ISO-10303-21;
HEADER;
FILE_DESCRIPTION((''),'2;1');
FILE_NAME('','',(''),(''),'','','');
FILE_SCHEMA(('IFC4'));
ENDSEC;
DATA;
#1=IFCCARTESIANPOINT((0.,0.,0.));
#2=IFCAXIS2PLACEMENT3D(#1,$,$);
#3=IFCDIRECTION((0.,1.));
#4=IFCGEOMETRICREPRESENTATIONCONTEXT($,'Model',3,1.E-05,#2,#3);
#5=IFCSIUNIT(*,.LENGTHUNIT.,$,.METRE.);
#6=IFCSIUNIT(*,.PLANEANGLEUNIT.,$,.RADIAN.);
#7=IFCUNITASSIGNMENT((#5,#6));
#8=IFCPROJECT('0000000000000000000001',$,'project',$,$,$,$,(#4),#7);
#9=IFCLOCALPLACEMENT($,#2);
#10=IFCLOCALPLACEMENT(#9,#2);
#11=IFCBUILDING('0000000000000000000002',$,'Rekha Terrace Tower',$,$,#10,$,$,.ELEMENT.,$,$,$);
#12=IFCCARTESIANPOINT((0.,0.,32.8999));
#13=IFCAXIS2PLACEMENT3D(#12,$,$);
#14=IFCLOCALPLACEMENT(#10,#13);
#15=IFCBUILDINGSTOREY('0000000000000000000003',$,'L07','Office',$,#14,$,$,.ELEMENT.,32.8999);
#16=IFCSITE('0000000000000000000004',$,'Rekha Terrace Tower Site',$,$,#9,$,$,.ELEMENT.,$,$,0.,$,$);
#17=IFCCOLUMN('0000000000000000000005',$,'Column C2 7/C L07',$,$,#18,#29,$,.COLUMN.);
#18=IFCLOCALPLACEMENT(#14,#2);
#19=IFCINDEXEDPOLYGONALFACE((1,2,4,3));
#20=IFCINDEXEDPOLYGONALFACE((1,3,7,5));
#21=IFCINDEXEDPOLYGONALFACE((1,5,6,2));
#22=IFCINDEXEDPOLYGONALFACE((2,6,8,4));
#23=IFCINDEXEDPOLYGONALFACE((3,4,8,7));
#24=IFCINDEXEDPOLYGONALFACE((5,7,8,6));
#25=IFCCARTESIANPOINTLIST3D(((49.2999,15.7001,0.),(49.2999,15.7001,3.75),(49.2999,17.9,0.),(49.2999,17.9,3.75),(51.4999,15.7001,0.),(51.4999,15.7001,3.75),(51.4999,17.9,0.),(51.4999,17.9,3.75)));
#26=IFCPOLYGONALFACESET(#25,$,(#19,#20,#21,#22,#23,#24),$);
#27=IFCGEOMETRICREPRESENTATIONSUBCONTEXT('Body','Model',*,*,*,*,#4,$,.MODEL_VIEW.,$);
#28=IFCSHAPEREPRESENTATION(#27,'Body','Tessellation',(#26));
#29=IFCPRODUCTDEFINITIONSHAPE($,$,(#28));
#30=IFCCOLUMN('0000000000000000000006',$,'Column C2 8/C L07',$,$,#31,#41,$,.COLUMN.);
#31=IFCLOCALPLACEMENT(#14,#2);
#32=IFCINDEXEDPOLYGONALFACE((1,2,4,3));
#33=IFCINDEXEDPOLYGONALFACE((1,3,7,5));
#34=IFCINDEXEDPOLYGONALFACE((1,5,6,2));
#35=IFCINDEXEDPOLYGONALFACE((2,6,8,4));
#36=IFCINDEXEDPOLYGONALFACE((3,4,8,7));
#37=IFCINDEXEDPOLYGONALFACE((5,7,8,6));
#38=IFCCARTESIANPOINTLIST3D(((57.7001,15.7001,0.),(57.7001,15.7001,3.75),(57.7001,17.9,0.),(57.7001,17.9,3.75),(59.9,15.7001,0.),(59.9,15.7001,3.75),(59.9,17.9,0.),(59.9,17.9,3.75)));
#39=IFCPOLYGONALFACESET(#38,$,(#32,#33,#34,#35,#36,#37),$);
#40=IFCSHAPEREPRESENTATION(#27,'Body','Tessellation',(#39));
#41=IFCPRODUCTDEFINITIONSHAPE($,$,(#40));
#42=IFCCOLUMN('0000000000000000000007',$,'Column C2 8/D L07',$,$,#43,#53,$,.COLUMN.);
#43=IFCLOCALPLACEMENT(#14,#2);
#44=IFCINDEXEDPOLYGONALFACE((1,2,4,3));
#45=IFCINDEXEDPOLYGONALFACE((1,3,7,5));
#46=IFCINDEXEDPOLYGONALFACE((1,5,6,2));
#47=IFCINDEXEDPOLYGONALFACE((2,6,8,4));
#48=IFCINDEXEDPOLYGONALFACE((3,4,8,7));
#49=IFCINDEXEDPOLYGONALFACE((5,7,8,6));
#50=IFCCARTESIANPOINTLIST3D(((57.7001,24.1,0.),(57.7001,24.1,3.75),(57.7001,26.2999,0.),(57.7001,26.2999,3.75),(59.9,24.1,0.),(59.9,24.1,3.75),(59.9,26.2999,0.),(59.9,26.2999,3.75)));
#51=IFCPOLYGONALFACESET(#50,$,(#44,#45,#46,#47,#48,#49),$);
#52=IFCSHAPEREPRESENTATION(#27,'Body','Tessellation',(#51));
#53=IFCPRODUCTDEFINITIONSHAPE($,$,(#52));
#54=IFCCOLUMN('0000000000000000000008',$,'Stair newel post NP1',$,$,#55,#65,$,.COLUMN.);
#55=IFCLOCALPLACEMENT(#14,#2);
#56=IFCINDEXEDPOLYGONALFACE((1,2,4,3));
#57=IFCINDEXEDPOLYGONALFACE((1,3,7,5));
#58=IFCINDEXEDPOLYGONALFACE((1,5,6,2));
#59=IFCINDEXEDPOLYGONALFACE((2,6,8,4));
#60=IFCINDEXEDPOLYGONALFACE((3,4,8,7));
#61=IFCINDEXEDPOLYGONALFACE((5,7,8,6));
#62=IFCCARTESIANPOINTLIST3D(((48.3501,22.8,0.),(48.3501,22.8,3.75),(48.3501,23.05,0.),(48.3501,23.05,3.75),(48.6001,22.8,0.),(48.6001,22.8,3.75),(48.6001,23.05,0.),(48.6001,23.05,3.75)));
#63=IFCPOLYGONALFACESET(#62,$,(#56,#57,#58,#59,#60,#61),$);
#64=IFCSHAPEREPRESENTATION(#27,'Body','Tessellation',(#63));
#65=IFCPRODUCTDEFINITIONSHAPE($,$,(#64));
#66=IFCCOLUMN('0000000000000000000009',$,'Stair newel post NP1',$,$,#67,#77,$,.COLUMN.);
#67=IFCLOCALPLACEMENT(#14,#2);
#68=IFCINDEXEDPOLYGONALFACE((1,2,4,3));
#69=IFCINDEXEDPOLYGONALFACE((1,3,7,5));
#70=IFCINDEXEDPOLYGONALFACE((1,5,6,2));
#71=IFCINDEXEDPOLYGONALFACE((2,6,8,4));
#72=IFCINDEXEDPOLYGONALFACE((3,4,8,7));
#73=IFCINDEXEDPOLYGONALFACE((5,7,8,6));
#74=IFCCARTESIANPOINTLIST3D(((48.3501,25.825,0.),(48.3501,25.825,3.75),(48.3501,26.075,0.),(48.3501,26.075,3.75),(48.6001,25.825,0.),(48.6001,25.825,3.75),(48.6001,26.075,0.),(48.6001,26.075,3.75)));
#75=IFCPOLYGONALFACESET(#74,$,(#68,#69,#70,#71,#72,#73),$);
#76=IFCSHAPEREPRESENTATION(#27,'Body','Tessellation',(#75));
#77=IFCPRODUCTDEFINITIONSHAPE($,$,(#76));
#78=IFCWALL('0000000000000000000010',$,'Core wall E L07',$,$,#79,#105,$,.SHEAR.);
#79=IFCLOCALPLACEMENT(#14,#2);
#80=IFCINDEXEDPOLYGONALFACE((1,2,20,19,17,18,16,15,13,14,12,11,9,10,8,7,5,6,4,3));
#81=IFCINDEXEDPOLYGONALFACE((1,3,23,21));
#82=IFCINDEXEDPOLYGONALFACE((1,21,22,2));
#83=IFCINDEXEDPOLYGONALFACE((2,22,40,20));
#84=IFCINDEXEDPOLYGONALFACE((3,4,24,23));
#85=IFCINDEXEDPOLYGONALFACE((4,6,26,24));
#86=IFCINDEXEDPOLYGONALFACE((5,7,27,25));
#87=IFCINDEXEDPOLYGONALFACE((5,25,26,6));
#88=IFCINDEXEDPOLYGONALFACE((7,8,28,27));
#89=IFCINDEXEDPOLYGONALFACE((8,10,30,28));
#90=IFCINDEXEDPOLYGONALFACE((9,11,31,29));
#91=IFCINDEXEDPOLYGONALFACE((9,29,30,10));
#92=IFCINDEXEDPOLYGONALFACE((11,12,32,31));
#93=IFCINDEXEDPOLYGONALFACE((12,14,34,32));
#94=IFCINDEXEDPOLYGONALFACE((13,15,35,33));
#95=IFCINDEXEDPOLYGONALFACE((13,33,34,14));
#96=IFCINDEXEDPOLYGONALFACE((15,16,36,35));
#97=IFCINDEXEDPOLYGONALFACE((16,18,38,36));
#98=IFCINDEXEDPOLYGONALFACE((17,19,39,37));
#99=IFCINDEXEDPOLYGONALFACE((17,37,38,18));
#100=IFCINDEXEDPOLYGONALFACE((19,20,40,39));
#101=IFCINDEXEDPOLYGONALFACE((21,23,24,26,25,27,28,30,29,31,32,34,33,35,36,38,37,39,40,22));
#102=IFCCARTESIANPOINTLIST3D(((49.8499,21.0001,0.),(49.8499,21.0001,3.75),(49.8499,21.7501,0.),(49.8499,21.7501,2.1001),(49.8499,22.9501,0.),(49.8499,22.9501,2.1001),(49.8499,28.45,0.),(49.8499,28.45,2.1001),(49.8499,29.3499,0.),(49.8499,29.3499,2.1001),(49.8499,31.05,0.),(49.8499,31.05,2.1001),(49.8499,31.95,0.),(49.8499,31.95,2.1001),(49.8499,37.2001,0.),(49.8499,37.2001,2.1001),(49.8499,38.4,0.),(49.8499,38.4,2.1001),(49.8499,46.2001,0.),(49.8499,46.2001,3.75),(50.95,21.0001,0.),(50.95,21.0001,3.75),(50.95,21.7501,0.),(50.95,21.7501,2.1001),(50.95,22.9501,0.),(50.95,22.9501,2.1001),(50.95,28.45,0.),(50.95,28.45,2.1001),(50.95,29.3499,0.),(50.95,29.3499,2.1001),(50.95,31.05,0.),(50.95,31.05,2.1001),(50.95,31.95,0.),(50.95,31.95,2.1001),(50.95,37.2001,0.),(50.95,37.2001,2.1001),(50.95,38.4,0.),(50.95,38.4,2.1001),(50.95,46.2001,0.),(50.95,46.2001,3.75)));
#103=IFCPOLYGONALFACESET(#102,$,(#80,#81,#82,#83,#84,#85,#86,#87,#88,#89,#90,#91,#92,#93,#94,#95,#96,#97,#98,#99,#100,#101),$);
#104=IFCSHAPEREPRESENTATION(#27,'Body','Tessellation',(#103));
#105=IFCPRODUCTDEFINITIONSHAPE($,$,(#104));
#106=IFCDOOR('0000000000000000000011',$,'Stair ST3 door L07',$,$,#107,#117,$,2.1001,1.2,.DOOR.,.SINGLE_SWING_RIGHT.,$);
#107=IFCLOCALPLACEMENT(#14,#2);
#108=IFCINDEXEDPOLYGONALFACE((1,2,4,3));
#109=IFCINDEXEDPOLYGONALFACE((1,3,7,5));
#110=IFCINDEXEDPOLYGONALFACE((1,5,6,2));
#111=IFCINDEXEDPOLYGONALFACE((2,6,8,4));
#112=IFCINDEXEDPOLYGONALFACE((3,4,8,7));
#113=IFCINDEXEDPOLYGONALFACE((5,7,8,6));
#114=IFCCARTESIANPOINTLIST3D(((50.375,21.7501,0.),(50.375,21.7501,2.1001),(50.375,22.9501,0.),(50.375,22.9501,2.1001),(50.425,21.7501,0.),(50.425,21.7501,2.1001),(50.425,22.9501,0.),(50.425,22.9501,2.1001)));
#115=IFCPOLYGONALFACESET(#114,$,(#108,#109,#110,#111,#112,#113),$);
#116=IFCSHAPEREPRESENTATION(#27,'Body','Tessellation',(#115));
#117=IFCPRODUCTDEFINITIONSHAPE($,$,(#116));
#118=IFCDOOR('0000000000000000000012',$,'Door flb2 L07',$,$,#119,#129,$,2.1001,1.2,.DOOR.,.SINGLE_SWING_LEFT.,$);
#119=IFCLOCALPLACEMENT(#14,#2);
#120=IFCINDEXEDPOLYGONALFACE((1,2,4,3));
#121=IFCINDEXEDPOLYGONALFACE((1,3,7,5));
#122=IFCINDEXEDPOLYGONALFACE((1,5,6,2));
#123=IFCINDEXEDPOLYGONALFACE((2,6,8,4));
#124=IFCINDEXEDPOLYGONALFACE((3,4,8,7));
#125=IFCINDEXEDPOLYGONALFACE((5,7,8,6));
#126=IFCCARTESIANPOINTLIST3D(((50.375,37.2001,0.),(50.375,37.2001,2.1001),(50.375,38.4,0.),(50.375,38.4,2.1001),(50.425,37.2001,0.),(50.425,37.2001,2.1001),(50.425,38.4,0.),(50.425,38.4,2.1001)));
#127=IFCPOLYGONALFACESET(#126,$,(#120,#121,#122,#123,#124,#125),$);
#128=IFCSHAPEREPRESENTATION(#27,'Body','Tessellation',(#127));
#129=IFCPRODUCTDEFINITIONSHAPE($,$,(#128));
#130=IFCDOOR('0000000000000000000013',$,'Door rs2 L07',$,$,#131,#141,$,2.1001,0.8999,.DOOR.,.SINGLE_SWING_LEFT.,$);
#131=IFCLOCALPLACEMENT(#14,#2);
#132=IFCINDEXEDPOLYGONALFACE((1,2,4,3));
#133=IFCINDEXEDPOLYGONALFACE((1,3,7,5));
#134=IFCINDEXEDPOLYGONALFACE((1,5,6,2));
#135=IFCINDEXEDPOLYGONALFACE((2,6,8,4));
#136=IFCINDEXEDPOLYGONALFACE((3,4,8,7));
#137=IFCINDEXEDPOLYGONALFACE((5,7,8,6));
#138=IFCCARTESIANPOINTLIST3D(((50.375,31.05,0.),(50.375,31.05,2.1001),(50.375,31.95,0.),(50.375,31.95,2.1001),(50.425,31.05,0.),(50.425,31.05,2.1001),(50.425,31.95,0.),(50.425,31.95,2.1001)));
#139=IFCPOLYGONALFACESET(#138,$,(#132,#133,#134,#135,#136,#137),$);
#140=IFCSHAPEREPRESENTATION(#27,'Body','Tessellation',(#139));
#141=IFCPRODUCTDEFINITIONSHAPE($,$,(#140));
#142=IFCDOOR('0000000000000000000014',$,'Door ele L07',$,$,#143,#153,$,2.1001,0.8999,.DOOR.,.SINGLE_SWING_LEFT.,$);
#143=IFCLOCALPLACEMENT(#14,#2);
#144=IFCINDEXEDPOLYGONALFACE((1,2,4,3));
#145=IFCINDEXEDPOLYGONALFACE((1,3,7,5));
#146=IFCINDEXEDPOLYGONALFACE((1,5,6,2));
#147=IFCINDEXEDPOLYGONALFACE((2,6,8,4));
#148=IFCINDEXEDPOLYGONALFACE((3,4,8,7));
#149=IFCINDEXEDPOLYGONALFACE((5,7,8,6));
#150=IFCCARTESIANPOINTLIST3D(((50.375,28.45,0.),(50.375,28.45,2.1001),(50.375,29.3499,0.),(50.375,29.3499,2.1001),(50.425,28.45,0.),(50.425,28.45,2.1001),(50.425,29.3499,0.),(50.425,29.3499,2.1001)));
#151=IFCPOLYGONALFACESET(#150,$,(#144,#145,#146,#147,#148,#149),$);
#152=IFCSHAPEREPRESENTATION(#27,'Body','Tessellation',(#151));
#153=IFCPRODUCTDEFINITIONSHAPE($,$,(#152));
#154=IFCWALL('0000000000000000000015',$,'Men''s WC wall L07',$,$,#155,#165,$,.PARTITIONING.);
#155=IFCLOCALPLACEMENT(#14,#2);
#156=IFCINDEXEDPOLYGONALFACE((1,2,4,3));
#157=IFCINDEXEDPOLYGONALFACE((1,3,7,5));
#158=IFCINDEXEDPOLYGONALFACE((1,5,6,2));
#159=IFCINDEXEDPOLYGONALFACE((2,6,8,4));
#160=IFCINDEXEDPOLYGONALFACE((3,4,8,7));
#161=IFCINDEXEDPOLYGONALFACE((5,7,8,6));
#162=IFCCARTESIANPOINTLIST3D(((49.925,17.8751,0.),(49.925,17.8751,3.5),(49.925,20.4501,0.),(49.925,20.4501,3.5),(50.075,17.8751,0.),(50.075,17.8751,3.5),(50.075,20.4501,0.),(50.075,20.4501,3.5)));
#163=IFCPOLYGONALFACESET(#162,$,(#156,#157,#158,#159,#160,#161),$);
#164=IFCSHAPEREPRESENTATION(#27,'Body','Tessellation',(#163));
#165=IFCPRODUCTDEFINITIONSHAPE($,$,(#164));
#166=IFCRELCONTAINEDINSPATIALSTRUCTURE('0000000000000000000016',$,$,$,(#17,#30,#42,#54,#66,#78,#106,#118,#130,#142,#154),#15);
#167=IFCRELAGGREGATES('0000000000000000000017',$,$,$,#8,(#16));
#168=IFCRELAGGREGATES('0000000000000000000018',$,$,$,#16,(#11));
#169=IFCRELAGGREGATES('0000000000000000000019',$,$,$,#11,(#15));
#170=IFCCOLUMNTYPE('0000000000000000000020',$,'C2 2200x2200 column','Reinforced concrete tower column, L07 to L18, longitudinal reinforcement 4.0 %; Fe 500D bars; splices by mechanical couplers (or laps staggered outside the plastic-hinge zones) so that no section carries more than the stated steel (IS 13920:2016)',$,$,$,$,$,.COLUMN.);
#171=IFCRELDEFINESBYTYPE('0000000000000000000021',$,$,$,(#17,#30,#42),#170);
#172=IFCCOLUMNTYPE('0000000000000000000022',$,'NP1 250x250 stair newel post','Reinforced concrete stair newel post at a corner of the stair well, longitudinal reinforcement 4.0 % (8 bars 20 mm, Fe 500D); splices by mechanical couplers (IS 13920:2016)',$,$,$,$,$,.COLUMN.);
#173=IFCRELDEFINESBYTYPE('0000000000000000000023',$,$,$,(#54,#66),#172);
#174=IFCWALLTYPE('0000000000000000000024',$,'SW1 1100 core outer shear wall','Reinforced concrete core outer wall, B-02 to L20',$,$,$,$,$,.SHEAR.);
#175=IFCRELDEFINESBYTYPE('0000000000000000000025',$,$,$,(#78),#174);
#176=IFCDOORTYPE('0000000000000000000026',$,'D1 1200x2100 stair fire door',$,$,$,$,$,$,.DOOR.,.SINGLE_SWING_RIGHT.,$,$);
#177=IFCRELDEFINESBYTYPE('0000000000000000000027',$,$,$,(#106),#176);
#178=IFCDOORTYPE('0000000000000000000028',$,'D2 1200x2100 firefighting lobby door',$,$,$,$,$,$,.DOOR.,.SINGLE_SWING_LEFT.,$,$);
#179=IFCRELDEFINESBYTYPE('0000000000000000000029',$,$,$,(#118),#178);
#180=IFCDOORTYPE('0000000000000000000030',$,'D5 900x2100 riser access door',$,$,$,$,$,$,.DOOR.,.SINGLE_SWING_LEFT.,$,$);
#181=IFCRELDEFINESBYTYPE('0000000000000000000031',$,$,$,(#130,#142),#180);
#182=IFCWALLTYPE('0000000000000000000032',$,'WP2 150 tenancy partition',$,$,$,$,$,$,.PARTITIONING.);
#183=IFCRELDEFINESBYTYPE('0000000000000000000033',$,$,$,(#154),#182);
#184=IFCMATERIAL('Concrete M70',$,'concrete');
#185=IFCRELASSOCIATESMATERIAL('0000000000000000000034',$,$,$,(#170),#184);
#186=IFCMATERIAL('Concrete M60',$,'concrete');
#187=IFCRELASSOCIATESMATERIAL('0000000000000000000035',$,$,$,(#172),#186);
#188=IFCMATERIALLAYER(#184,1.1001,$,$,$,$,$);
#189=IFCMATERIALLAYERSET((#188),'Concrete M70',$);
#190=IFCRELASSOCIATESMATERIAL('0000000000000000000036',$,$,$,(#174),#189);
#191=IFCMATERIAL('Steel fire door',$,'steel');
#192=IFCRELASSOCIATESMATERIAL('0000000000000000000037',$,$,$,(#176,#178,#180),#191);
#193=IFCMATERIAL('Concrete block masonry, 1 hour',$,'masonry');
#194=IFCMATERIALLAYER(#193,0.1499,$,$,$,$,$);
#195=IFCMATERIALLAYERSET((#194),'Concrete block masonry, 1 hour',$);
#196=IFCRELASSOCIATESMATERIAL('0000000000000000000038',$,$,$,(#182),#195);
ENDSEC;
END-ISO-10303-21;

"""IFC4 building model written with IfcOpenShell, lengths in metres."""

from ifc_helpers import new_model, si_unit, direction, frame, frame_2d, origin, origin_2d, place, context, subcontext, project, spatial, rectangle, extrude, material, layer, layer_set, material_profile, profile_set, type_object, element, fill, save


model = new_model("IFC4")

# Units and contexts
model_context = context("Model", 3, precision=1e-05, world=origin(), true_north=direction((0.0, 1.0)))
body_context = subcontext(model_context, "Body", "Model", "MODEL_VIEW")
ifc_project = project(units=[si_unit("LENGTHUNIT", "METRE"), si_unit("PLANEANGLEUNIT", "RADIAN")], contexts=[model_context])

# Site, building, storey
site_placement = place(None, origin())
site = spatial("IfcSite", under=ifc_project, at=site_placement, Name="Rekha Terrace Tower Site", CompositionType="ELEMENT", RefElevation=0.0)
building_placement = place(site_placement, origin())
building = spatial("IfcBuilding", under=site, at=building_placement, Name="Rekha Terrace Tower", CompositionType="ELEMENT")
storey_placement = place(building_placement, frame((0.0, 0.0, 32.8999)))
storey = spatial("IfcBuildingStorey", under=building, at=storey_placement, Name="L07", Description="Office", CompositionType="ELEMENT", Elevation=32.8999)

# Columns
ifc_material_1 = material(Name="Concrete M70", Category="concrete")
ifc_material_profile_1 = material_profile(ifc_material_1, rectangle(XDim=2.2, YDim=2.2, at=origin_2d()), Name="RC 2200x2200")
ifc_profile_set_1 = profile_set([ifc_material_profile_1], Name="Concrete M70")
column_type_1 = type_object("IfcColumnType", Name="C2 2200x2200 column", Description="Reinforced concrete tower column, L07 to L18, longitudinal reinforcement 4.0 %; Fe 500D bars; splices by mechanical couplers (or laps staggered outside the plastic-hinge zones) so that no section carries more than the stated steel (IS 13920:2016)", PredefinedType="COLUMN", material=ifc_profile_set_1)
for number, where, z_axis, x_axis, name in (
    (1, (50.3999, 16.8, 0.0), (0.0, 0.0, 1.0), (1.0, 0.0, 0.0), "Column C2 7/C L07"),
    (2, (58.8, 16.8, 0.0), (0.0, 0.0, 1.0), (1.0, 0.0, 0.0), "Column C2 8/C L07"),
    (3, (58.8, 25.2, 0.0), (0.0, 0.0, 1.0), (1.0, 0.0, 0.0), "Column C2 8/D L07"),
):
    element("IfcColumn", number, at=place(storey_placement, frame(where, z_axis=z_axis, x_axis=x_axis)), inside=storey, type_object=column_type_1, Name=name, PredefinedType="COLUMN", context=body_context, shape_type="SweptSolid", body=[
        extrude(rectangle(XDim=2.2, YDim=2.2, at=origin_2d()), origin(), (0.0, 0.0, 1.0), 3.75),
    ])
ifc_material_2 = material(Name="Concrete M60", Category="concrete")
ifc_material_profile_2 = material_profile(ifc_material_2, rectangle(XDim=0.25, YDim=0.25, at=origin_2d()), Name="RC 250x250")
ifc_profile_set_2 = profile_set([ifc_material_profile_2], Name="Concrete M60")
column_type_2 = type_object("IfcColumnType", Name="NP1 250x250 stair newel post", Description="Reinforced concrete stair newel post at a corner of the stair well, longitudinal reinforcement 4.0 % (8 bars 20 mm, Fe 500D); splices by mechanical couplers (IS 13920:2016)", PredefinedType="COLUMN", material=ifc_profile_set_2)
for number, where, z_axis, x_axis, name in (
    (4, (48.4751, 22.925, 0.0), (0.0, 0.0, 1.0), (1.0, 0.0, 0.0), "Stair newel post NP1"),
    (5, (48.4751, 25.95, 0.0), (0.0, 0.0, 1.0), (1.0, 0.0, 0.0), "Stair newel post NP1"),
):
    element("IfcColumn", number, at=place(storey_placement, frame(where, z_axis=z_axis, x_axis=x_axis)), inside=storey, type_object=column_type_2, Name=name, PredefinedType="COLUMN", context=body_context, shape_type="SweptSolid", body=[
        extrude(rectangle(XDim=0.25, YDim=0.25, at=origin_2d()), origin(), (0.0, 0.0, 1.0), 3.75),
    ])

# Wall, openings, doors
ifc_layer_1 = layer(ifc_material_1, 1.1001)
ifc_layer_set_1 = layer_set([ifc_layer_1], Name="Concrete M70")
wall_type_1 = type_object("IfcWallType", Name="SW1 1100 core outer shear wall", Description="Reinforced concrete core outer wall, B-02 to L20", PredefinedType="SHEAR", material=ifc_layer_set_1)
wall_1_placement = place(storey_placement, frame((50.3999, 21.0, 0.0), z_axis=(0.0, 0.0, 1.0), x_axis=(0.0, 1.0, 0.0)))
wall_1 = element("IfcWall", 6, at=wall_1_placement, inside=storey, type_object=wall_type_1, Name="Core wall E L07", PredefinedType="SHEAR", context=body_context, shape_type="SweptSolid", body=[
    extrude(rectangle(XDim=25.2, YDim=1.1001, at=frame_2d((12.6001, 0.0))), origin(), (0.0, 0.0, 1.0), 3.75),
])
opening_1_placement = place(wall_1_placement, frame((16.2, 0.0, 0.0)))
opening_1 = element("IfcOpeningElement", 7, at=opening_1_placement, cuts=wall_1, PredefinedType="OPENING", context=body_context, shape_type="SweptSolid", body=[
    extrude(rectangle(XDim=1.2, YDim=2.1001, at=frame_2d((0.6001, 1.05))), frame((0.0, 0.5601, 0.0), z_axis=(0.0, -1.0, 0.0), x_axis=(1.0, 0.0, 0.0)), (0.0, 0.0, 1.0), 1.1201),
])
opening_2_placement = place(wall_1_placement, frame((10.05, 0.0, 0.0)))
opening_2 = element("IfcOpeningElement", 8, at=opening_2_placement, cuts=wall_1, PredefinedType="OPENING", context=body_context, shape_type="SweptSolid", body=[
    extrude(rectangle(XDim=0.8999, YDim=2.1001, at=frame_2d((0.45, 1.05))), frame((0.0, 0.5601, 0.0), z_axis=(0.0, -1.0, 0.0), x_axis=(1.0, 0.0, 0.0)), (0.0, 0.0, 1.0), 1.1201),
])
opening_3_placement = place(wall_1_placement, frame((7.45, 0.0, 0.0)))
opening_3 = element("IfcOpeningElement", 9, at=opening_3_placement, cuts=wall_1, PredefinedType="OPENING", context=body_context, shape_type="SweptSolid", body=[
    extrude(rectangle(XDim=0.8999, YDim=2.1001, at=frame_2d((0.45, 1.05))), frame((0.0, 0.5601, 0.0), z_axis=(0.0, -1.0, 0.0), x_axis=(1.0, 0.0, 0.0)), (0.0, 0.0, 1.0), 1.1201),
])
opening_4_placement = place(wall_1_placement, frame((0.75, 0.0, 0.0)))
opening_4 = element("IfcOpeningElement", 10, at=opening_4_placement, cuts=wall_1, PredefinedType="OPENING", context=body_context, shape_type="SweptSolid", body=[
    extrude(rectangle(XDim=1.2, YDim=2.1001, at=frame_2d((0.6001, 1.05))), frame((0.0, 0.5601, 0.0), z_axis=(0.0, -1.0, 0.0), x_axis=(1.0, 0.0, 0.0)), (0.0, 0.0, 1.0), 1.1201),
])
ifc_material_3 = material(Name="Steel fire door", Category="steel")
door_type_1 = type_object("IfcDoorType", Name="D1 1200x2100 stair fire door", OperationType="SINGLE_SWING_RIGHT", PredefinedType="DOOR", material=ifc_material_3)
door_1_placement = place(opening_4_placement, origin())
door_1 = element("IfcDoor", 11, at=door_1_placement, inside=storey, type_object=door_type_1, Name="Stair ST3 door L07", OperationType="SINGLE_SWING_RIGHT", OverallHeight=2.1001, OverallWidth=1.2, PredefinedType="DOOR", context=body_context, shape_type="SweptSolid", body=[
    extrude(rectangle(XDim=1.2, YDim=2.1001, at=frame_2d((0.6001, 1.05))), frame((0.0, 0.0249, 0.0), z_axis=(0.0, -1.0, 0.0), x_axis=(1.0, 0.0, 0.0)), (0.0, 0.0, 1.0), 0.05),
])
fill(opening_4, door_1)
door_type_2 = type_object("IfcDoorType", Name="D2 1200x2100 firefighting lobby door", OperationType="SINGLE_SWING_LEFT", PredefinedType="DOOR", material=ifc_material_3)
door_2_placement = place(opening_1_placement, origin())
door_2 = element("IfcDoor", 12, at=door_2_placement, inside=storey, type_object=door_type_2, Name="Door flb2 L07", OperationType="SINGLE_SWING_LEFT", OverallHeight=2.1001, OverallWidth=1.2, PredefinedType="DOOR", context=body_context, shape_type="SweptSolid", body=[
    extrude(rectangle(XDim=1.2, YDim=2.1001, at=frame_2d((0.6001, 1.05))), frame((0.0, 0.0249, 0.0), z_axis=(0.0, -1.0, 0.0), x_axis=(1.0, 0.0, 0.0)), (0.0, 0.0, 1.0), 0.05),
])
fill(opening_1, door_2)
door_type_3 = type_object("IfcDoorType", Name="D5 900x2100 riser access door", OperationType="SINGLE_SWING_LEFT", PredefinedType="DOOR", material=ifc_material_3)
door_3_placement = place(opening_2_placement, origin())
door_3 = element("IfcDoor", 13, at=door_3_placement, inside=storey, type_object=door_type_3, Name="Door rs2 L07", OperationType="SINGLE_SWING_LEFT", OverallHeight=2.1001, OverallWidth=0.8999, PredefinedType="DOOR", context=body_context, shape_type="SweptSolid", body=[
    extrude(rectangle(XDim=0.8999, YDim=2.1001, at=frame_2d((0.45, 1.05))), frame((0.0, 0.0249, 0.0), z_axis=(0.0, -1.0, 0.0), x_axis=(1.0, 0.0, 0.0)), (0.0, 0.0, 1.0), 0.05),
])
fill(opening_2, door_3)
door_4_placement = place(opening_3_placement, origin())
door_4 = element("IfcDoor", 14, at=door_4_placement, inside=storey, type_object=door_type_3, Name="Door ele L07", OperationType="SINGLE_SWING_LEFT", OverallHeight=2.1001, OverallWidth=0.8999, PredefinedType="DOOR", context=body_context, shape_type="SweptSolid", body=[
    extrude(rectangle(XDim=0.8999, YDim=2.1001, at=frame_2d((0.45, 1.05))), frame((0.0, 0.0249, 0.0), z_axis=(0.0, -1.0, 0.0), x_axis=(1.0, 0.0, 0.0)), (0.0, 0.0, 1.0), 0.05),
])
fill(opening_3, door_4)

# Wall
ifc_material_4 = material(Name="Concrete block masonry, 1 hour", Category="masonry")
ifc_layer_2 = layer(ifc_material_4, 0.1499)
ifc_layer_set_2 = layer_set([ifc_layer_2], Name="Concrete block masonry, 1 hour")
wall_type_2 = type_object("IfcWallType", Name="WP2 150 tenancy partition", PredefinedType="PARTITIONING", material=ifc_layer_set_2)
wall_2_placement = place(storey_placement, frame((50.0, 17.875, 0.0), z_axis=(0.0, 0.0, 1.0), x_axis=(0.0, 1.0, 0.0)))
element("IfcWall", 15, at=wall_2_placement, inside=storey, type_object=wall_type_2, Name="Men's WC wall L07", PredefinedType="PARTITIONING", context=body_context, shape_type="SweptSolid", body=[
    extrude(rectangle(XDim=2.575, YDim=0.1499, at=frame_2d((1.2876, 0.0))), origin(), (0.0, 0.0, 1.0), 3.5),
])

save(model, "model.ifc")
